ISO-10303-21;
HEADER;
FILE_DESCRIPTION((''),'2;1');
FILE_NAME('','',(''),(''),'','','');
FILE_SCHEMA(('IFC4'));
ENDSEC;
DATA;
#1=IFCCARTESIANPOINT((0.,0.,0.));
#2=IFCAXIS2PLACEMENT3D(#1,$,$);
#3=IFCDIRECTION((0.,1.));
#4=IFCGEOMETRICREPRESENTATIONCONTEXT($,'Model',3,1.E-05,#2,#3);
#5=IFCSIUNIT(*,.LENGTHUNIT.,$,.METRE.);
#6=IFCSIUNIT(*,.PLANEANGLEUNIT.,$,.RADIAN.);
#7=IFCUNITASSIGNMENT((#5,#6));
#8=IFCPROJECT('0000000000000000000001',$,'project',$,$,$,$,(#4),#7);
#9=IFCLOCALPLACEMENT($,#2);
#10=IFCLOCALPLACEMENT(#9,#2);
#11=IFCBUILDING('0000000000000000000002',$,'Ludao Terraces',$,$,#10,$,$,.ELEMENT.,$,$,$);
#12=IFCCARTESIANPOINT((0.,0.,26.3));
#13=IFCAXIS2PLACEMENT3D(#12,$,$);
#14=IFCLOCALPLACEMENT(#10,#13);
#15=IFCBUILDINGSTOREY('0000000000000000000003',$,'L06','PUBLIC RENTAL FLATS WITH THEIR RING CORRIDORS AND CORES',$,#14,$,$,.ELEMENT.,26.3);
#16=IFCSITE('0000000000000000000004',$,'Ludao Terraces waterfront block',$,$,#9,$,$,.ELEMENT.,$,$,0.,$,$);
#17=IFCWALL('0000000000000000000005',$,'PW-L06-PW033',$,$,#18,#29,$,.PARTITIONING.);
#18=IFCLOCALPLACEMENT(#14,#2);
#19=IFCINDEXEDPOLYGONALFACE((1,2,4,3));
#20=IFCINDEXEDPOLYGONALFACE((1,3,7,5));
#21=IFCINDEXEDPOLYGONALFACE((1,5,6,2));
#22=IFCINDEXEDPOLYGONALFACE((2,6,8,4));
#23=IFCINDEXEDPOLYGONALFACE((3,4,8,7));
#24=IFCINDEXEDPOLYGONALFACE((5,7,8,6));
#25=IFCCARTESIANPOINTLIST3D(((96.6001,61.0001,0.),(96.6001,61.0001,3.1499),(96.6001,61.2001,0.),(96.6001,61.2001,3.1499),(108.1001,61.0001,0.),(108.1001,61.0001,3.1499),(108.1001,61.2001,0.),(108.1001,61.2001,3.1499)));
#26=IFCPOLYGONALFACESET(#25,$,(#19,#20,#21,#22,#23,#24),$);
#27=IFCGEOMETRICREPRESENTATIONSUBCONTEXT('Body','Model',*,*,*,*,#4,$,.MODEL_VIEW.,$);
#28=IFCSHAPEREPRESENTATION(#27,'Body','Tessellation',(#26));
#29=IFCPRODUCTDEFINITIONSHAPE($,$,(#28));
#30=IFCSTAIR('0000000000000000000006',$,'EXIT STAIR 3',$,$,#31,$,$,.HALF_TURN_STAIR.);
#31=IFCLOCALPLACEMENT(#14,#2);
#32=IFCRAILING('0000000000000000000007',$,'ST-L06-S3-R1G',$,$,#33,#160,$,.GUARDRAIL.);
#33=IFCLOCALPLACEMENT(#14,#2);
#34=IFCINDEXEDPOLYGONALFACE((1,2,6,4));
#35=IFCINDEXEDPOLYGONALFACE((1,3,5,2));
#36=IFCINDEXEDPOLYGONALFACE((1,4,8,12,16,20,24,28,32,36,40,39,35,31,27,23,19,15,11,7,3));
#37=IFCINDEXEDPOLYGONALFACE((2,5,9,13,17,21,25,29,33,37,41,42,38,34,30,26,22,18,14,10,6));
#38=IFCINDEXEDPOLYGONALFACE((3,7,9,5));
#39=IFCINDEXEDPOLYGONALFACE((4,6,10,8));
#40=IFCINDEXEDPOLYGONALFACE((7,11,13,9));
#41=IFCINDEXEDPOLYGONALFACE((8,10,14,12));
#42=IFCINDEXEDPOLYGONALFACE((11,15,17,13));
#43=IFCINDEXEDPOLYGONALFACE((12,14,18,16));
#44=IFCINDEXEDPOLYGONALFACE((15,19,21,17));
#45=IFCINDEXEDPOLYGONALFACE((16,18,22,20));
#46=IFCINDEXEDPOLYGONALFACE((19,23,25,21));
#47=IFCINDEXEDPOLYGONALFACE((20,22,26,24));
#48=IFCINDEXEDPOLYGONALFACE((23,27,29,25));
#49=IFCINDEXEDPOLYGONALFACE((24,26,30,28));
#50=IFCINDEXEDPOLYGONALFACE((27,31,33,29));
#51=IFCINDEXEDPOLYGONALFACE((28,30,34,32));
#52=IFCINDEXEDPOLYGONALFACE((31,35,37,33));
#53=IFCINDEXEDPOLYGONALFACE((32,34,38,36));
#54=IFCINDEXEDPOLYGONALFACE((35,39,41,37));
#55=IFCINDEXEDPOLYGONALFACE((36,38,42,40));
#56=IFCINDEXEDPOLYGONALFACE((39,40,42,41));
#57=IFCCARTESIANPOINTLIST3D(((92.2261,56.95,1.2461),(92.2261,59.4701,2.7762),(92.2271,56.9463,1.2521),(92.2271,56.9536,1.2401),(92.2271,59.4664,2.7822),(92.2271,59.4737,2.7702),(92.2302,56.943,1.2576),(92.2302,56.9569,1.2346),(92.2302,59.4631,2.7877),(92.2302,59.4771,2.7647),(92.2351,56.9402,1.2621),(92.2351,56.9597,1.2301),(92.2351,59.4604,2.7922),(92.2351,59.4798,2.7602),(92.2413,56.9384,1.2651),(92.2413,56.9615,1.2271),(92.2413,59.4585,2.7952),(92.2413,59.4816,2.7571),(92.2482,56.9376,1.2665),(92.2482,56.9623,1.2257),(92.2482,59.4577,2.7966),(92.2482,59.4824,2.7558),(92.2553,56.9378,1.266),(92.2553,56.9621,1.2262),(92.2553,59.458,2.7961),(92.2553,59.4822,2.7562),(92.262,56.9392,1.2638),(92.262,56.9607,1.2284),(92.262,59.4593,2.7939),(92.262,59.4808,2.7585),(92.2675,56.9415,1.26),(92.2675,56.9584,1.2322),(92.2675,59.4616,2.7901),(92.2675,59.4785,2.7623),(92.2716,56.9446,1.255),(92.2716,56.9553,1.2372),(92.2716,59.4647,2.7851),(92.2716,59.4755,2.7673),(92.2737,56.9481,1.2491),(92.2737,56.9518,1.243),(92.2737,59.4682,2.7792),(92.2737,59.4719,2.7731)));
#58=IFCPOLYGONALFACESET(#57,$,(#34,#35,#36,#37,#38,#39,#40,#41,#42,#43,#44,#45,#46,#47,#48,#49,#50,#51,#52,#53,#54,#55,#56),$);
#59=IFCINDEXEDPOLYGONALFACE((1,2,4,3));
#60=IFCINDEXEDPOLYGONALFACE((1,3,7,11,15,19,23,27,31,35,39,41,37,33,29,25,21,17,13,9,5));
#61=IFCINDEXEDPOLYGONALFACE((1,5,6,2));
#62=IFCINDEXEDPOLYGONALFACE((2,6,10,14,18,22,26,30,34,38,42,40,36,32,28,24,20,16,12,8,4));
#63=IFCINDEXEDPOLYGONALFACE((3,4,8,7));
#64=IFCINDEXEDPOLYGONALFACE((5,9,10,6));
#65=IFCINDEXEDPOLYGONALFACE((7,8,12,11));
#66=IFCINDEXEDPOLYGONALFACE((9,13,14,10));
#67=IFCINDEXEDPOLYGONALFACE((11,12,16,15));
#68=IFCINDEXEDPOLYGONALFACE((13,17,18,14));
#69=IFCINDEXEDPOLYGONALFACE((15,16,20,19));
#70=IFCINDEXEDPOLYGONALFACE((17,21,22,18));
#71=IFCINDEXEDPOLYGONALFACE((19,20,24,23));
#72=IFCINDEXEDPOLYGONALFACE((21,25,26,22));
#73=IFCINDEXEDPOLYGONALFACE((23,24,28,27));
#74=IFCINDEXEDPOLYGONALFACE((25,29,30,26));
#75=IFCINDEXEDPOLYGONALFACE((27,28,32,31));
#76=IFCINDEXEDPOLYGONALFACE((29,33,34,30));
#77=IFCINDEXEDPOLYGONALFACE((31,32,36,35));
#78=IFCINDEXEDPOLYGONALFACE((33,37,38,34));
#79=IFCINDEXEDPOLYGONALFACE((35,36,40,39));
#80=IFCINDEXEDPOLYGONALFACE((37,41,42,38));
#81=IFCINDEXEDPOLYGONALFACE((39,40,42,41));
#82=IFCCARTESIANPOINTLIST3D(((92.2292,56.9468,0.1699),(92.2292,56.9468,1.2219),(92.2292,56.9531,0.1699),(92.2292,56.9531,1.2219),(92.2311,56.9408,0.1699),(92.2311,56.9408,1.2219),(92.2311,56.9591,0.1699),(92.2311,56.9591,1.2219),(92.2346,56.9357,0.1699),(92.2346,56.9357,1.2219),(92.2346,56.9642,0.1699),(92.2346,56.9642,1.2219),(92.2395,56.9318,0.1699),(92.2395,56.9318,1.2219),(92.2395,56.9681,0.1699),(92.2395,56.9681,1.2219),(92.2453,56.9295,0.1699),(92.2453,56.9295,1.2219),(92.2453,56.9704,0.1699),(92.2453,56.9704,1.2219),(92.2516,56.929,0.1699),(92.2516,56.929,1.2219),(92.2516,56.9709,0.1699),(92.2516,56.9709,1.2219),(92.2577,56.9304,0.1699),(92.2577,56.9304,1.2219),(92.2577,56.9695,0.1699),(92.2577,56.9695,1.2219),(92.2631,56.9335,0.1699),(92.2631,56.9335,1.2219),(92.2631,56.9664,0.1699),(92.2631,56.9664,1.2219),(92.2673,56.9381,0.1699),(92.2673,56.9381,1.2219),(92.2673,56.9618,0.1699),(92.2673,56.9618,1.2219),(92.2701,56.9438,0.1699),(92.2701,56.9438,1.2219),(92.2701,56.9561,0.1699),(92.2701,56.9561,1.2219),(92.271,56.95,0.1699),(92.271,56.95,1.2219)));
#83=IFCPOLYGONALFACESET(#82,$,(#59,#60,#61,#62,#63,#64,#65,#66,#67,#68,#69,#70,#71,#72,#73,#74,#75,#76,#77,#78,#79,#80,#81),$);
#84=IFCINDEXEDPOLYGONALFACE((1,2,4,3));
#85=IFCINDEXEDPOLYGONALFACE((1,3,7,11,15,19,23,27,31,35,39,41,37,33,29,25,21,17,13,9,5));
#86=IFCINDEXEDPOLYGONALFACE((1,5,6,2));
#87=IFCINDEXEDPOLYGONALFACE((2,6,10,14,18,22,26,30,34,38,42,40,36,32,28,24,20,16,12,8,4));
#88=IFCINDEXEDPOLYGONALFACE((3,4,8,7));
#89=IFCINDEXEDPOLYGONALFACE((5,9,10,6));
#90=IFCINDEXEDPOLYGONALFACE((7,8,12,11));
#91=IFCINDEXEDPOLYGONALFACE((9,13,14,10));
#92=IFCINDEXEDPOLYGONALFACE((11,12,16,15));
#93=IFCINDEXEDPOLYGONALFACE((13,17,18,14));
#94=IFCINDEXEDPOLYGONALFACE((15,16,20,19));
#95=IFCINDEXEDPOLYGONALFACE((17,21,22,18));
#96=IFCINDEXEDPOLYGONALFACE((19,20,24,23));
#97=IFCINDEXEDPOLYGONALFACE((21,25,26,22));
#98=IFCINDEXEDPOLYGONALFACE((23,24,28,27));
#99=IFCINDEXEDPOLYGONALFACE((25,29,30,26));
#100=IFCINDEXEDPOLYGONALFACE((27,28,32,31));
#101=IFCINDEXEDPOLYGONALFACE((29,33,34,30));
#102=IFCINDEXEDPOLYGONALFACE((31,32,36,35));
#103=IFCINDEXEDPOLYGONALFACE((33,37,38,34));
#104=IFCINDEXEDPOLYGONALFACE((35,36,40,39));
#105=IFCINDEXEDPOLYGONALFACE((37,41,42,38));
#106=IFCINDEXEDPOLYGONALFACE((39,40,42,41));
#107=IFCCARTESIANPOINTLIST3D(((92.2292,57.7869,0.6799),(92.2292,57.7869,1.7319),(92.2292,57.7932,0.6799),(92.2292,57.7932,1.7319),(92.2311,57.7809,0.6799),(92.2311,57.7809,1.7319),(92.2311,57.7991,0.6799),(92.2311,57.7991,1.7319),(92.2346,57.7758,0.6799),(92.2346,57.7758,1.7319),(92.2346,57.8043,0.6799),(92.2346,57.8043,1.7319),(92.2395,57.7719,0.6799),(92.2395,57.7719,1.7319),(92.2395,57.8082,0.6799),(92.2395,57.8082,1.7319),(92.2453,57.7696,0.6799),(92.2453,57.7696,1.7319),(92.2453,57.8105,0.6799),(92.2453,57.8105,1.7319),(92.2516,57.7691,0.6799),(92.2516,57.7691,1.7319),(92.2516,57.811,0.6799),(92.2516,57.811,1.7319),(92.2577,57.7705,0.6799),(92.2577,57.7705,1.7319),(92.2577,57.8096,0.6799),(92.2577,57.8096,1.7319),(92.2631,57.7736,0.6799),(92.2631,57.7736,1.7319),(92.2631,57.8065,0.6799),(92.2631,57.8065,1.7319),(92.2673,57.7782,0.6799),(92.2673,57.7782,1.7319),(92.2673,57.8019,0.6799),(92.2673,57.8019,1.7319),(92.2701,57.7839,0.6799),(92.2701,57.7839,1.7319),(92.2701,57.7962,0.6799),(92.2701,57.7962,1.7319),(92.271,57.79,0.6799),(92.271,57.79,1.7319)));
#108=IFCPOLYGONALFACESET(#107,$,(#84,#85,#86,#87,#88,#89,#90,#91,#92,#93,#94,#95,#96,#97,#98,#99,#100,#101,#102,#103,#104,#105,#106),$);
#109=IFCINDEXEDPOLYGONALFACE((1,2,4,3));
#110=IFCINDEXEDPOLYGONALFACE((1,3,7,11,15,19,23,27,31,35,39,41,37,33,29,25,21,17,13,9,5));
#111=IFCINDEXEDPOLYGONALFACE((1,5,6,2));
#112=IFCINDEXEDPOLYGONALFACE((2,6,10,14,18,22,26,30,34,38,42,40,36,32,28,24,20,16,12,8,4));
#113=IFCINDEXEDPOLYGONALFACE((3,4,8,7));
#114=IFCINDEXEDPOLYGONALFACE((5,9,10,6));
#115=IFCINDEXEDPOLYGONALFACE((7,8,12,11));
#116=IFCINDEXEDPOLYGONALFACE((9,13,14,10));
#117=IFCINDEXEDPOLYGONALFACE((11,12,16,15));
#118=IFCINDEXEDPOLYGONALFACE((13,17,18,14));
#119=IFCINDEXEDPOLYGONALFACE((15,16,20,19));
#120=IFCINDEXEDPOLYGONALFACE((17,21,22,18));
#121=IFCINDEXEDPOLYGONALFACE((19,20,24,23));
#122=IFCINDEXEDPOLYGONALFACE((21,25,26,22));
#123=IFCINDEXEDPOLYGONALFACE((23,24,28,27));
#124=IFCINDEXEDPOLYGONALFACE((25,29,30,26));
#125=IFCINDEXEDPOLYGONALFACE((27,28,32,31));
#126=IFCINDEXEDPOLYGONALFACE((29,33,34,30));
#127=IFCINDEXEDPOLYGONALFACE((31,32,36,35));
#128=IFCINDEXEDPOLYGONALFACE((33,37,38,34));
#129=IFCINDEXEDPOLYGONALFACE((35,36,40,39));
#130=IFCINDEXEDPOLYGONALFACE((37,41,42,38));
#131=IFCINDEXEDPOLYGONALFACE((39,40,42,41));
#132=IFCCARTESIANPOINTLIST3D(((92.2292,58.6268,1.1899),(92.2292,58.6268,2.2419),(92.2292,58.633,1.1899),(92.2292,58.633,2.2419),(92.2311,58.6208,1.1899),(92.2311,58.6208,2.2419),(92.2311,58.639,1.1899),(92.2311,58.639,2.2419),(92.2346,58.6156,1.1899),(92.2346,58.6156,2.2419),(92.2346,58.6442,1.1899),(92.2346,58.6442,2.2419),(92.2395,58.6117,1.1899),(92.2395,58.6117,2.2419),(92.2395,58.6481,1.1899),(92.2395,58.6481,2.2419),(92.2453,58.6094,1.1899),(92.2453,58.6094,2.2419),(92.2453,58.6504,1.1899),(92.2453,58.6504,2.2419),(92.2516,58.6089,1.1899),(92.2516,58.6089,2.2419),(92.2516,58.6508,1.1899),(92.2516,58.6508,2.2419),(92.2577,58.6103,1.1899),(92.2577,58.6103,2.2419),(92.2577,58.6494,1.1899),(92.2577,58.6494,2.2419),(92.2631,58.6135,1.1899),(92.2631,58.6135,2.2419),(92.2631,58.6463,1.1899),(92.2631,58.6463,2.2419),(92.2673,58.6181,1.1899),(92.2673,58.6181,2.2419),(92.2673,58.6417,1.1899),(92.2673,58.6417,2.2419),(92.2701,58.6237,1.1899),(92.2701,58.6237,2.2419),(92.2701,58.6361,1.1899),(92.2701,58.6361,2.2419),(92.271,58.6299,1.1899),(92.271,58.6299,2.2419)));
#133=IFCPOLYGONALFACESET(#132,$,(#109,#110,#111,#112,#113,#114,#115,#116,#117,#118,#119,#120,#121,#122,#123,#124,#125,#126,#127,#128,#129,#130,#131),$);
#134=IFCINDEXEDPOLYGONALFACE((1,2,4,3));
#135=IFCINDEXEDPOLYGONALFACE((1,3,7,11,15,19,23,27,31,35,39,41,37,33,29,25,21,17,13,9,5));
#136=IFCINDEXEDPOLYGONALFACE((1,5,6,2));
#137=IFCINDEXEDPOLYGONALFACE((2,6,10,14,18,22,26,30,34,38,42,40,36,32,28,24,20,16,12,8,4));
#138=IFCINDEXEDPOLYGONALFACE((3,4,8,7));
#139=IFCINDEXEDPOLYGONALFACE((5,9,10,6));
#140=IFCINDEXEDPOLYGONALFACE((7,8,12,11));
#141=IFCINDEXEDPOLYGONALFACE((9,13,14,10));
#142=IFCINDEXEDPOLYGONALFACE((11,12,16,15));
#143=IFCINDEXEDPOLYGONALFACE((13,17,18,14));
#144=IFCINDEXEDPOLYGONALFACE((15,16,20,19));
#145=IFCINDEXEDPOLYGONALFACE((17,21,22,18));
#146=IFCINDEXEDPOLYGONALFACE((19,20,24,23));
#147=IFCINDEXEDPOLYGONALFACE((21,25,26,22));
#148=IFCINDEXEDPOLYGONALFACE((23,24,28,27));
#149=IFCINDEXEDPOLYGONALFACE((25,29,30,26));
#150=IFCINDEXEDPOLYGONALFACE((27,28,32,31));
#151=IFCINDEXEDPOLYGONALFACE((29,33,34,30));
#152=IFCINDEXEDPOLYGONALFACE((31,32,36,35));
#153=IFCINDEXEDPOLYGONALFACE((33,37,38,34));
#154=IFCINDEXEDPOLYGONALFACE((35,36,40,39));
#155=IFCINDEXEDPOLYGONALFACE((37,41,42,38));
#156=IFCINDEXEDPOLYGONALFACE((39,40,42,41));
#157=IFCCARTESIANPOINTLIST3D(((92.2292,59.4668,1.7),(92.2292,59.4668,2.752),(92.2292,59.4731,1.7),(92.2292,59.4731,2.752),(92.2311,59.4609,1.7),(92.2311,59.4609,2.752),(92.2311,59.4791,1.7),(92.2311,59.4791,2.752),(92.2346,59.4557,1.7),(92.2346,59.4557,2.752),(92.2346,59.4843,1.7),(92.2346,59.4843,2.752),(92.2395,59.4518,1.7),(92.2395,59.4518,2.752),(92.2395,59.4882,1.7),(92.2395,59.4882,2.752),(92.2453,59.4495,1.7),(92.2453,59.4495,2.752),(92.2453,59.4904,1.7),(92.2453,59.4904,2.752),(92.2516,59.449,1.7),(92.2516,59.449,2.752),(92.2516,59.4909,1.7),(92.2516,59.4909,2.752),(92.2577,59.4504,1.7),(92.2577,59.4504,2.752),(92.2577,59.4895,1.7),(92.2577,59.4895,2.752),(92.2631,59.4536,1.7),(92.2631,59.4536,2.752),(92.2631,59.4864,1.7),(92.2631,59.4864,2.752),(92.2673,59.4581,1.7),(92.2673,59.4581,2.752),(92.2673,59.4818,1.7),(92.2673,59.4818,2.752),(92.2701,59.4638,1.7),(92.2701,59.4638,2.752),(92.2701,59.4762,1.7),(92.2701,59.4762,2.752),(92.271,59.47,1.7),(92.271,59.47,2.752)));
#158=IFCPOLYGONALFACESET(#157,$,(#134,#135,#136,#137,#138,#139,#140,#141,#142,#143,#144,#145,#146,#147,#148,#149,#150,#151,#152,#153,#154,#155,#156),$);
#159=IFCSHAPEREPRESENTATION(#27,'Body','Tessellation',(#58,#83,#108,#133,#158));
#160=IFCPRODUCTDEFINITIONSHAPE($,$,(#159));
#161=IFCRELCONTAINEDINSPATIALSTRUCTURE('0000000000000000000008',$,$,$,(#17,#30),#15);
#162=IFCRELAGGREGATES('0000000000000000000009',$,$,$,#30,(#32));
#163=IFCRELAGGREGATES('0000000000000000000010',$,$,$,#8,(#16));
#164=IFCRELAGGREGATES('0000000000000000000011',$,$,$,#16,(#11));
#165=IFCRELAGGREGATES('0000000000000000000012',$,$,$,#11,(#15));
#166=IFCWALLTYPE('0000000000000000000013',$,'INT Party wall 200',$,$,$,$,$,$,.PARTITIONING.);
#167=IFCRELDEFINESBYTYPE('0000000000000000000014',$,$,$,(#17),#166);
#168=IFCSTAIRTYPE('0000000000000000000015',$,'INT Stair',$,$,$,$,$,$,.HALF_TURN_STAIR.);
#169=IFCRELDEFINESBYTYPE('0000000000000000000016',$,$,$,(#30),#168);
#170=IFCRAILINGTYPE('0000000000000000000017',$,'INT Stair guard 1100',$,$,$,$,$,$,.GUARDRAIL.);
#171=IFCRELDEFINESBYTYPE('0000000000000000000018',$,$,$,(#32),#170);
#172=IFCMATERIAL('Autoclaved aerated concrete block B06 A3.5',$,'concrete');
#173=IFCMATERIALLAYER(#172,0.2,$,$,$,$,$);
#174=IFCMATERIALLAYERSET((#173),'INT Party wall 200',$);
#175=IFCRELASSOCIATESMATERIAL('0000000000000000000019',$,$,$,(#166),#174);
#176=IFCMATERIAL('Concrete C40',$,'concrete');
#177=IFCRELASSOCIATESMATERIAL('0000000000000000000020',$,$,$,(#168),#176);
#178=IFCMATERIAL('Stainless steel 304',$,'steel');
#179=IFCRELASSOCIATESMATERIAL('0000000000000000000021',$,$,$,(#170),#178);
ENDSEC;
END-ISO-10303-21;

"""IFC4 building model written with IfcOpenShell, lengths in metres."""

from ifc_helpers import new_model, si_unit, direction, frame, frame_2d, origin, origin_2d, place, context, subcontext, project, spatial, rectangle, circle, extrude, material, layer, layer_set, type_object, element, aggregate, save


model = new_model("IFC4")

# Units and contexts
model_context = context("Model", 3, precision=1e-05, world=origin(), true_north=direction((0.0, 1.0)))
body_context = subcontext(model_context, "Body", "Model", "MODEL_VIEW")
ifc_project = project(units=[si_unit("LENGTHUNIT", "METRE"), si_unit("PLANEANGLEUNIT", "RADIAN")], contexts=[model_context])

# Site, building, storey
site_placement = place(None, origin())
site = spatial("IfcSite", under=ifc_project, at=site_placement, Name="Ludao Terraces waterfront block", CompositionType="ELEMENT", RefElevation=0.0)
building_placement = place(site_placement, origin())
building = spatial("IfcBuilding", under=site, at=building_placement, Name="Ludao Terraces", CompositionType="ELEMENT")
storey_placement = place(building_placement, frame((0.0, 0.0, 26.3)))
storey = spatial("IfcBuildingStorey", under=building, at=storey_placement, Name="L06", Description="PUBLIC RENTAL FLATS WITH THEIR RING CORRIDORS AND CORES", CompositionType="ELEMENT", Elevation=26.3)

# Wall
ifc_material_1 = material(Name="Autoclaved aerated concrete block B06 A3.5", Category="concrete")
ifc_layer_1 = layer(ifc_material_1, 0.2)
ifc_layer_set_1 = layer_set([ifc_layer_1], Name="INT Party wall 200")
wall_type_1 = type_object("IfcWallType", Name="INT Party wall 200", PredefinedType="PARTITIONING", material=ifc_layer_set_1)
wall_1_placement = place(storey_placement, frame((96.6001, 61.1001, 0.0), z_axis=(0.0, 0.0, 1.0), x_axis=(1.0, 0.0, 0.0)))
element("IfcWall", 1, at=wall_1_placement, inside=storey, type_object=wall_type_1, Name="PW-L06-PW033", PredefinedType="PARTITIONING", context=body_context, shape_type="SweptSolid", body=[
    extrude(rectangle(XDim=11.5, YDim=0.2, at=frame_2d((5.75, 0.0))), origin(), (0.0, 0.0, 1.0), 3.1499),
])

# Stair, railing
ifc_material_2 = material(Name="Concrete C40", Category="concrete")
stair_type = type_object("IfcStairType", Name="INT Stair", PredefinedType="HALF_TURN_STAIR", material=ifc_material_2)
stair_placement = place(storey_placement, origin())
stair = element("IfcStair", 2, at=stair_placement, inside=storey, type_object=stair_type, Name="EXIT STAIR 3", PredefinedType="HALF_TURN_STAIR")
ifc_material_3 = material(Name="Stainless steel 304", Category="steel")
railing_type_1 = type_object("IfcRailingType", Name="INT Stair guard 1100", PredefinedType="GUARDRAIL", material=ifc_material_3)
railing_1_placement = place(storey_placement, frame((92.25, 56.95, 0.1699)))
railing_1 = element("IfcRailing", 3, at=railing_1_placement, type_object=railing_type_1, Name="ST-L06-S3-R1G", PredefinedType="GUARDRAIL", context=body_context, shape_type="SweptSolid", body=[
    extrude(circle(Radius=0.0239, at=origin_2d()), frame((0.0, 0.0, 1.0762), z_axis=(0.0, 0.854785, 0.518982), x_axis=(-1.0, 0.0, 0.0)), (0.0, 0.0, 1.0), 2.9482),
    extrude(circle(Radius=0.021, at=origin_2d()), origin(), (0.0, 0.0, 1.0), 1.052),
    extrude(circle(Radius=0.021, at=origin_2d()), frame((0.0, 0.8401, 0.51)), (0.0, 0.0, 1.0), 1.052),
    extrude(circle(Radius=0.021, at=origin_2d()), frame((0.0, 1.6799, 1.02)), (0.0, 0.0, 1.0), 1.052),
    extrude(circle(Radius=0.021, at=origin_2d()), frame((0.0, 2.52, 1.53)), (0.0, 0.0, 1.0), 1.052),
])
aggregate(stair, [railing_1])

save(model, "model.ifc")
